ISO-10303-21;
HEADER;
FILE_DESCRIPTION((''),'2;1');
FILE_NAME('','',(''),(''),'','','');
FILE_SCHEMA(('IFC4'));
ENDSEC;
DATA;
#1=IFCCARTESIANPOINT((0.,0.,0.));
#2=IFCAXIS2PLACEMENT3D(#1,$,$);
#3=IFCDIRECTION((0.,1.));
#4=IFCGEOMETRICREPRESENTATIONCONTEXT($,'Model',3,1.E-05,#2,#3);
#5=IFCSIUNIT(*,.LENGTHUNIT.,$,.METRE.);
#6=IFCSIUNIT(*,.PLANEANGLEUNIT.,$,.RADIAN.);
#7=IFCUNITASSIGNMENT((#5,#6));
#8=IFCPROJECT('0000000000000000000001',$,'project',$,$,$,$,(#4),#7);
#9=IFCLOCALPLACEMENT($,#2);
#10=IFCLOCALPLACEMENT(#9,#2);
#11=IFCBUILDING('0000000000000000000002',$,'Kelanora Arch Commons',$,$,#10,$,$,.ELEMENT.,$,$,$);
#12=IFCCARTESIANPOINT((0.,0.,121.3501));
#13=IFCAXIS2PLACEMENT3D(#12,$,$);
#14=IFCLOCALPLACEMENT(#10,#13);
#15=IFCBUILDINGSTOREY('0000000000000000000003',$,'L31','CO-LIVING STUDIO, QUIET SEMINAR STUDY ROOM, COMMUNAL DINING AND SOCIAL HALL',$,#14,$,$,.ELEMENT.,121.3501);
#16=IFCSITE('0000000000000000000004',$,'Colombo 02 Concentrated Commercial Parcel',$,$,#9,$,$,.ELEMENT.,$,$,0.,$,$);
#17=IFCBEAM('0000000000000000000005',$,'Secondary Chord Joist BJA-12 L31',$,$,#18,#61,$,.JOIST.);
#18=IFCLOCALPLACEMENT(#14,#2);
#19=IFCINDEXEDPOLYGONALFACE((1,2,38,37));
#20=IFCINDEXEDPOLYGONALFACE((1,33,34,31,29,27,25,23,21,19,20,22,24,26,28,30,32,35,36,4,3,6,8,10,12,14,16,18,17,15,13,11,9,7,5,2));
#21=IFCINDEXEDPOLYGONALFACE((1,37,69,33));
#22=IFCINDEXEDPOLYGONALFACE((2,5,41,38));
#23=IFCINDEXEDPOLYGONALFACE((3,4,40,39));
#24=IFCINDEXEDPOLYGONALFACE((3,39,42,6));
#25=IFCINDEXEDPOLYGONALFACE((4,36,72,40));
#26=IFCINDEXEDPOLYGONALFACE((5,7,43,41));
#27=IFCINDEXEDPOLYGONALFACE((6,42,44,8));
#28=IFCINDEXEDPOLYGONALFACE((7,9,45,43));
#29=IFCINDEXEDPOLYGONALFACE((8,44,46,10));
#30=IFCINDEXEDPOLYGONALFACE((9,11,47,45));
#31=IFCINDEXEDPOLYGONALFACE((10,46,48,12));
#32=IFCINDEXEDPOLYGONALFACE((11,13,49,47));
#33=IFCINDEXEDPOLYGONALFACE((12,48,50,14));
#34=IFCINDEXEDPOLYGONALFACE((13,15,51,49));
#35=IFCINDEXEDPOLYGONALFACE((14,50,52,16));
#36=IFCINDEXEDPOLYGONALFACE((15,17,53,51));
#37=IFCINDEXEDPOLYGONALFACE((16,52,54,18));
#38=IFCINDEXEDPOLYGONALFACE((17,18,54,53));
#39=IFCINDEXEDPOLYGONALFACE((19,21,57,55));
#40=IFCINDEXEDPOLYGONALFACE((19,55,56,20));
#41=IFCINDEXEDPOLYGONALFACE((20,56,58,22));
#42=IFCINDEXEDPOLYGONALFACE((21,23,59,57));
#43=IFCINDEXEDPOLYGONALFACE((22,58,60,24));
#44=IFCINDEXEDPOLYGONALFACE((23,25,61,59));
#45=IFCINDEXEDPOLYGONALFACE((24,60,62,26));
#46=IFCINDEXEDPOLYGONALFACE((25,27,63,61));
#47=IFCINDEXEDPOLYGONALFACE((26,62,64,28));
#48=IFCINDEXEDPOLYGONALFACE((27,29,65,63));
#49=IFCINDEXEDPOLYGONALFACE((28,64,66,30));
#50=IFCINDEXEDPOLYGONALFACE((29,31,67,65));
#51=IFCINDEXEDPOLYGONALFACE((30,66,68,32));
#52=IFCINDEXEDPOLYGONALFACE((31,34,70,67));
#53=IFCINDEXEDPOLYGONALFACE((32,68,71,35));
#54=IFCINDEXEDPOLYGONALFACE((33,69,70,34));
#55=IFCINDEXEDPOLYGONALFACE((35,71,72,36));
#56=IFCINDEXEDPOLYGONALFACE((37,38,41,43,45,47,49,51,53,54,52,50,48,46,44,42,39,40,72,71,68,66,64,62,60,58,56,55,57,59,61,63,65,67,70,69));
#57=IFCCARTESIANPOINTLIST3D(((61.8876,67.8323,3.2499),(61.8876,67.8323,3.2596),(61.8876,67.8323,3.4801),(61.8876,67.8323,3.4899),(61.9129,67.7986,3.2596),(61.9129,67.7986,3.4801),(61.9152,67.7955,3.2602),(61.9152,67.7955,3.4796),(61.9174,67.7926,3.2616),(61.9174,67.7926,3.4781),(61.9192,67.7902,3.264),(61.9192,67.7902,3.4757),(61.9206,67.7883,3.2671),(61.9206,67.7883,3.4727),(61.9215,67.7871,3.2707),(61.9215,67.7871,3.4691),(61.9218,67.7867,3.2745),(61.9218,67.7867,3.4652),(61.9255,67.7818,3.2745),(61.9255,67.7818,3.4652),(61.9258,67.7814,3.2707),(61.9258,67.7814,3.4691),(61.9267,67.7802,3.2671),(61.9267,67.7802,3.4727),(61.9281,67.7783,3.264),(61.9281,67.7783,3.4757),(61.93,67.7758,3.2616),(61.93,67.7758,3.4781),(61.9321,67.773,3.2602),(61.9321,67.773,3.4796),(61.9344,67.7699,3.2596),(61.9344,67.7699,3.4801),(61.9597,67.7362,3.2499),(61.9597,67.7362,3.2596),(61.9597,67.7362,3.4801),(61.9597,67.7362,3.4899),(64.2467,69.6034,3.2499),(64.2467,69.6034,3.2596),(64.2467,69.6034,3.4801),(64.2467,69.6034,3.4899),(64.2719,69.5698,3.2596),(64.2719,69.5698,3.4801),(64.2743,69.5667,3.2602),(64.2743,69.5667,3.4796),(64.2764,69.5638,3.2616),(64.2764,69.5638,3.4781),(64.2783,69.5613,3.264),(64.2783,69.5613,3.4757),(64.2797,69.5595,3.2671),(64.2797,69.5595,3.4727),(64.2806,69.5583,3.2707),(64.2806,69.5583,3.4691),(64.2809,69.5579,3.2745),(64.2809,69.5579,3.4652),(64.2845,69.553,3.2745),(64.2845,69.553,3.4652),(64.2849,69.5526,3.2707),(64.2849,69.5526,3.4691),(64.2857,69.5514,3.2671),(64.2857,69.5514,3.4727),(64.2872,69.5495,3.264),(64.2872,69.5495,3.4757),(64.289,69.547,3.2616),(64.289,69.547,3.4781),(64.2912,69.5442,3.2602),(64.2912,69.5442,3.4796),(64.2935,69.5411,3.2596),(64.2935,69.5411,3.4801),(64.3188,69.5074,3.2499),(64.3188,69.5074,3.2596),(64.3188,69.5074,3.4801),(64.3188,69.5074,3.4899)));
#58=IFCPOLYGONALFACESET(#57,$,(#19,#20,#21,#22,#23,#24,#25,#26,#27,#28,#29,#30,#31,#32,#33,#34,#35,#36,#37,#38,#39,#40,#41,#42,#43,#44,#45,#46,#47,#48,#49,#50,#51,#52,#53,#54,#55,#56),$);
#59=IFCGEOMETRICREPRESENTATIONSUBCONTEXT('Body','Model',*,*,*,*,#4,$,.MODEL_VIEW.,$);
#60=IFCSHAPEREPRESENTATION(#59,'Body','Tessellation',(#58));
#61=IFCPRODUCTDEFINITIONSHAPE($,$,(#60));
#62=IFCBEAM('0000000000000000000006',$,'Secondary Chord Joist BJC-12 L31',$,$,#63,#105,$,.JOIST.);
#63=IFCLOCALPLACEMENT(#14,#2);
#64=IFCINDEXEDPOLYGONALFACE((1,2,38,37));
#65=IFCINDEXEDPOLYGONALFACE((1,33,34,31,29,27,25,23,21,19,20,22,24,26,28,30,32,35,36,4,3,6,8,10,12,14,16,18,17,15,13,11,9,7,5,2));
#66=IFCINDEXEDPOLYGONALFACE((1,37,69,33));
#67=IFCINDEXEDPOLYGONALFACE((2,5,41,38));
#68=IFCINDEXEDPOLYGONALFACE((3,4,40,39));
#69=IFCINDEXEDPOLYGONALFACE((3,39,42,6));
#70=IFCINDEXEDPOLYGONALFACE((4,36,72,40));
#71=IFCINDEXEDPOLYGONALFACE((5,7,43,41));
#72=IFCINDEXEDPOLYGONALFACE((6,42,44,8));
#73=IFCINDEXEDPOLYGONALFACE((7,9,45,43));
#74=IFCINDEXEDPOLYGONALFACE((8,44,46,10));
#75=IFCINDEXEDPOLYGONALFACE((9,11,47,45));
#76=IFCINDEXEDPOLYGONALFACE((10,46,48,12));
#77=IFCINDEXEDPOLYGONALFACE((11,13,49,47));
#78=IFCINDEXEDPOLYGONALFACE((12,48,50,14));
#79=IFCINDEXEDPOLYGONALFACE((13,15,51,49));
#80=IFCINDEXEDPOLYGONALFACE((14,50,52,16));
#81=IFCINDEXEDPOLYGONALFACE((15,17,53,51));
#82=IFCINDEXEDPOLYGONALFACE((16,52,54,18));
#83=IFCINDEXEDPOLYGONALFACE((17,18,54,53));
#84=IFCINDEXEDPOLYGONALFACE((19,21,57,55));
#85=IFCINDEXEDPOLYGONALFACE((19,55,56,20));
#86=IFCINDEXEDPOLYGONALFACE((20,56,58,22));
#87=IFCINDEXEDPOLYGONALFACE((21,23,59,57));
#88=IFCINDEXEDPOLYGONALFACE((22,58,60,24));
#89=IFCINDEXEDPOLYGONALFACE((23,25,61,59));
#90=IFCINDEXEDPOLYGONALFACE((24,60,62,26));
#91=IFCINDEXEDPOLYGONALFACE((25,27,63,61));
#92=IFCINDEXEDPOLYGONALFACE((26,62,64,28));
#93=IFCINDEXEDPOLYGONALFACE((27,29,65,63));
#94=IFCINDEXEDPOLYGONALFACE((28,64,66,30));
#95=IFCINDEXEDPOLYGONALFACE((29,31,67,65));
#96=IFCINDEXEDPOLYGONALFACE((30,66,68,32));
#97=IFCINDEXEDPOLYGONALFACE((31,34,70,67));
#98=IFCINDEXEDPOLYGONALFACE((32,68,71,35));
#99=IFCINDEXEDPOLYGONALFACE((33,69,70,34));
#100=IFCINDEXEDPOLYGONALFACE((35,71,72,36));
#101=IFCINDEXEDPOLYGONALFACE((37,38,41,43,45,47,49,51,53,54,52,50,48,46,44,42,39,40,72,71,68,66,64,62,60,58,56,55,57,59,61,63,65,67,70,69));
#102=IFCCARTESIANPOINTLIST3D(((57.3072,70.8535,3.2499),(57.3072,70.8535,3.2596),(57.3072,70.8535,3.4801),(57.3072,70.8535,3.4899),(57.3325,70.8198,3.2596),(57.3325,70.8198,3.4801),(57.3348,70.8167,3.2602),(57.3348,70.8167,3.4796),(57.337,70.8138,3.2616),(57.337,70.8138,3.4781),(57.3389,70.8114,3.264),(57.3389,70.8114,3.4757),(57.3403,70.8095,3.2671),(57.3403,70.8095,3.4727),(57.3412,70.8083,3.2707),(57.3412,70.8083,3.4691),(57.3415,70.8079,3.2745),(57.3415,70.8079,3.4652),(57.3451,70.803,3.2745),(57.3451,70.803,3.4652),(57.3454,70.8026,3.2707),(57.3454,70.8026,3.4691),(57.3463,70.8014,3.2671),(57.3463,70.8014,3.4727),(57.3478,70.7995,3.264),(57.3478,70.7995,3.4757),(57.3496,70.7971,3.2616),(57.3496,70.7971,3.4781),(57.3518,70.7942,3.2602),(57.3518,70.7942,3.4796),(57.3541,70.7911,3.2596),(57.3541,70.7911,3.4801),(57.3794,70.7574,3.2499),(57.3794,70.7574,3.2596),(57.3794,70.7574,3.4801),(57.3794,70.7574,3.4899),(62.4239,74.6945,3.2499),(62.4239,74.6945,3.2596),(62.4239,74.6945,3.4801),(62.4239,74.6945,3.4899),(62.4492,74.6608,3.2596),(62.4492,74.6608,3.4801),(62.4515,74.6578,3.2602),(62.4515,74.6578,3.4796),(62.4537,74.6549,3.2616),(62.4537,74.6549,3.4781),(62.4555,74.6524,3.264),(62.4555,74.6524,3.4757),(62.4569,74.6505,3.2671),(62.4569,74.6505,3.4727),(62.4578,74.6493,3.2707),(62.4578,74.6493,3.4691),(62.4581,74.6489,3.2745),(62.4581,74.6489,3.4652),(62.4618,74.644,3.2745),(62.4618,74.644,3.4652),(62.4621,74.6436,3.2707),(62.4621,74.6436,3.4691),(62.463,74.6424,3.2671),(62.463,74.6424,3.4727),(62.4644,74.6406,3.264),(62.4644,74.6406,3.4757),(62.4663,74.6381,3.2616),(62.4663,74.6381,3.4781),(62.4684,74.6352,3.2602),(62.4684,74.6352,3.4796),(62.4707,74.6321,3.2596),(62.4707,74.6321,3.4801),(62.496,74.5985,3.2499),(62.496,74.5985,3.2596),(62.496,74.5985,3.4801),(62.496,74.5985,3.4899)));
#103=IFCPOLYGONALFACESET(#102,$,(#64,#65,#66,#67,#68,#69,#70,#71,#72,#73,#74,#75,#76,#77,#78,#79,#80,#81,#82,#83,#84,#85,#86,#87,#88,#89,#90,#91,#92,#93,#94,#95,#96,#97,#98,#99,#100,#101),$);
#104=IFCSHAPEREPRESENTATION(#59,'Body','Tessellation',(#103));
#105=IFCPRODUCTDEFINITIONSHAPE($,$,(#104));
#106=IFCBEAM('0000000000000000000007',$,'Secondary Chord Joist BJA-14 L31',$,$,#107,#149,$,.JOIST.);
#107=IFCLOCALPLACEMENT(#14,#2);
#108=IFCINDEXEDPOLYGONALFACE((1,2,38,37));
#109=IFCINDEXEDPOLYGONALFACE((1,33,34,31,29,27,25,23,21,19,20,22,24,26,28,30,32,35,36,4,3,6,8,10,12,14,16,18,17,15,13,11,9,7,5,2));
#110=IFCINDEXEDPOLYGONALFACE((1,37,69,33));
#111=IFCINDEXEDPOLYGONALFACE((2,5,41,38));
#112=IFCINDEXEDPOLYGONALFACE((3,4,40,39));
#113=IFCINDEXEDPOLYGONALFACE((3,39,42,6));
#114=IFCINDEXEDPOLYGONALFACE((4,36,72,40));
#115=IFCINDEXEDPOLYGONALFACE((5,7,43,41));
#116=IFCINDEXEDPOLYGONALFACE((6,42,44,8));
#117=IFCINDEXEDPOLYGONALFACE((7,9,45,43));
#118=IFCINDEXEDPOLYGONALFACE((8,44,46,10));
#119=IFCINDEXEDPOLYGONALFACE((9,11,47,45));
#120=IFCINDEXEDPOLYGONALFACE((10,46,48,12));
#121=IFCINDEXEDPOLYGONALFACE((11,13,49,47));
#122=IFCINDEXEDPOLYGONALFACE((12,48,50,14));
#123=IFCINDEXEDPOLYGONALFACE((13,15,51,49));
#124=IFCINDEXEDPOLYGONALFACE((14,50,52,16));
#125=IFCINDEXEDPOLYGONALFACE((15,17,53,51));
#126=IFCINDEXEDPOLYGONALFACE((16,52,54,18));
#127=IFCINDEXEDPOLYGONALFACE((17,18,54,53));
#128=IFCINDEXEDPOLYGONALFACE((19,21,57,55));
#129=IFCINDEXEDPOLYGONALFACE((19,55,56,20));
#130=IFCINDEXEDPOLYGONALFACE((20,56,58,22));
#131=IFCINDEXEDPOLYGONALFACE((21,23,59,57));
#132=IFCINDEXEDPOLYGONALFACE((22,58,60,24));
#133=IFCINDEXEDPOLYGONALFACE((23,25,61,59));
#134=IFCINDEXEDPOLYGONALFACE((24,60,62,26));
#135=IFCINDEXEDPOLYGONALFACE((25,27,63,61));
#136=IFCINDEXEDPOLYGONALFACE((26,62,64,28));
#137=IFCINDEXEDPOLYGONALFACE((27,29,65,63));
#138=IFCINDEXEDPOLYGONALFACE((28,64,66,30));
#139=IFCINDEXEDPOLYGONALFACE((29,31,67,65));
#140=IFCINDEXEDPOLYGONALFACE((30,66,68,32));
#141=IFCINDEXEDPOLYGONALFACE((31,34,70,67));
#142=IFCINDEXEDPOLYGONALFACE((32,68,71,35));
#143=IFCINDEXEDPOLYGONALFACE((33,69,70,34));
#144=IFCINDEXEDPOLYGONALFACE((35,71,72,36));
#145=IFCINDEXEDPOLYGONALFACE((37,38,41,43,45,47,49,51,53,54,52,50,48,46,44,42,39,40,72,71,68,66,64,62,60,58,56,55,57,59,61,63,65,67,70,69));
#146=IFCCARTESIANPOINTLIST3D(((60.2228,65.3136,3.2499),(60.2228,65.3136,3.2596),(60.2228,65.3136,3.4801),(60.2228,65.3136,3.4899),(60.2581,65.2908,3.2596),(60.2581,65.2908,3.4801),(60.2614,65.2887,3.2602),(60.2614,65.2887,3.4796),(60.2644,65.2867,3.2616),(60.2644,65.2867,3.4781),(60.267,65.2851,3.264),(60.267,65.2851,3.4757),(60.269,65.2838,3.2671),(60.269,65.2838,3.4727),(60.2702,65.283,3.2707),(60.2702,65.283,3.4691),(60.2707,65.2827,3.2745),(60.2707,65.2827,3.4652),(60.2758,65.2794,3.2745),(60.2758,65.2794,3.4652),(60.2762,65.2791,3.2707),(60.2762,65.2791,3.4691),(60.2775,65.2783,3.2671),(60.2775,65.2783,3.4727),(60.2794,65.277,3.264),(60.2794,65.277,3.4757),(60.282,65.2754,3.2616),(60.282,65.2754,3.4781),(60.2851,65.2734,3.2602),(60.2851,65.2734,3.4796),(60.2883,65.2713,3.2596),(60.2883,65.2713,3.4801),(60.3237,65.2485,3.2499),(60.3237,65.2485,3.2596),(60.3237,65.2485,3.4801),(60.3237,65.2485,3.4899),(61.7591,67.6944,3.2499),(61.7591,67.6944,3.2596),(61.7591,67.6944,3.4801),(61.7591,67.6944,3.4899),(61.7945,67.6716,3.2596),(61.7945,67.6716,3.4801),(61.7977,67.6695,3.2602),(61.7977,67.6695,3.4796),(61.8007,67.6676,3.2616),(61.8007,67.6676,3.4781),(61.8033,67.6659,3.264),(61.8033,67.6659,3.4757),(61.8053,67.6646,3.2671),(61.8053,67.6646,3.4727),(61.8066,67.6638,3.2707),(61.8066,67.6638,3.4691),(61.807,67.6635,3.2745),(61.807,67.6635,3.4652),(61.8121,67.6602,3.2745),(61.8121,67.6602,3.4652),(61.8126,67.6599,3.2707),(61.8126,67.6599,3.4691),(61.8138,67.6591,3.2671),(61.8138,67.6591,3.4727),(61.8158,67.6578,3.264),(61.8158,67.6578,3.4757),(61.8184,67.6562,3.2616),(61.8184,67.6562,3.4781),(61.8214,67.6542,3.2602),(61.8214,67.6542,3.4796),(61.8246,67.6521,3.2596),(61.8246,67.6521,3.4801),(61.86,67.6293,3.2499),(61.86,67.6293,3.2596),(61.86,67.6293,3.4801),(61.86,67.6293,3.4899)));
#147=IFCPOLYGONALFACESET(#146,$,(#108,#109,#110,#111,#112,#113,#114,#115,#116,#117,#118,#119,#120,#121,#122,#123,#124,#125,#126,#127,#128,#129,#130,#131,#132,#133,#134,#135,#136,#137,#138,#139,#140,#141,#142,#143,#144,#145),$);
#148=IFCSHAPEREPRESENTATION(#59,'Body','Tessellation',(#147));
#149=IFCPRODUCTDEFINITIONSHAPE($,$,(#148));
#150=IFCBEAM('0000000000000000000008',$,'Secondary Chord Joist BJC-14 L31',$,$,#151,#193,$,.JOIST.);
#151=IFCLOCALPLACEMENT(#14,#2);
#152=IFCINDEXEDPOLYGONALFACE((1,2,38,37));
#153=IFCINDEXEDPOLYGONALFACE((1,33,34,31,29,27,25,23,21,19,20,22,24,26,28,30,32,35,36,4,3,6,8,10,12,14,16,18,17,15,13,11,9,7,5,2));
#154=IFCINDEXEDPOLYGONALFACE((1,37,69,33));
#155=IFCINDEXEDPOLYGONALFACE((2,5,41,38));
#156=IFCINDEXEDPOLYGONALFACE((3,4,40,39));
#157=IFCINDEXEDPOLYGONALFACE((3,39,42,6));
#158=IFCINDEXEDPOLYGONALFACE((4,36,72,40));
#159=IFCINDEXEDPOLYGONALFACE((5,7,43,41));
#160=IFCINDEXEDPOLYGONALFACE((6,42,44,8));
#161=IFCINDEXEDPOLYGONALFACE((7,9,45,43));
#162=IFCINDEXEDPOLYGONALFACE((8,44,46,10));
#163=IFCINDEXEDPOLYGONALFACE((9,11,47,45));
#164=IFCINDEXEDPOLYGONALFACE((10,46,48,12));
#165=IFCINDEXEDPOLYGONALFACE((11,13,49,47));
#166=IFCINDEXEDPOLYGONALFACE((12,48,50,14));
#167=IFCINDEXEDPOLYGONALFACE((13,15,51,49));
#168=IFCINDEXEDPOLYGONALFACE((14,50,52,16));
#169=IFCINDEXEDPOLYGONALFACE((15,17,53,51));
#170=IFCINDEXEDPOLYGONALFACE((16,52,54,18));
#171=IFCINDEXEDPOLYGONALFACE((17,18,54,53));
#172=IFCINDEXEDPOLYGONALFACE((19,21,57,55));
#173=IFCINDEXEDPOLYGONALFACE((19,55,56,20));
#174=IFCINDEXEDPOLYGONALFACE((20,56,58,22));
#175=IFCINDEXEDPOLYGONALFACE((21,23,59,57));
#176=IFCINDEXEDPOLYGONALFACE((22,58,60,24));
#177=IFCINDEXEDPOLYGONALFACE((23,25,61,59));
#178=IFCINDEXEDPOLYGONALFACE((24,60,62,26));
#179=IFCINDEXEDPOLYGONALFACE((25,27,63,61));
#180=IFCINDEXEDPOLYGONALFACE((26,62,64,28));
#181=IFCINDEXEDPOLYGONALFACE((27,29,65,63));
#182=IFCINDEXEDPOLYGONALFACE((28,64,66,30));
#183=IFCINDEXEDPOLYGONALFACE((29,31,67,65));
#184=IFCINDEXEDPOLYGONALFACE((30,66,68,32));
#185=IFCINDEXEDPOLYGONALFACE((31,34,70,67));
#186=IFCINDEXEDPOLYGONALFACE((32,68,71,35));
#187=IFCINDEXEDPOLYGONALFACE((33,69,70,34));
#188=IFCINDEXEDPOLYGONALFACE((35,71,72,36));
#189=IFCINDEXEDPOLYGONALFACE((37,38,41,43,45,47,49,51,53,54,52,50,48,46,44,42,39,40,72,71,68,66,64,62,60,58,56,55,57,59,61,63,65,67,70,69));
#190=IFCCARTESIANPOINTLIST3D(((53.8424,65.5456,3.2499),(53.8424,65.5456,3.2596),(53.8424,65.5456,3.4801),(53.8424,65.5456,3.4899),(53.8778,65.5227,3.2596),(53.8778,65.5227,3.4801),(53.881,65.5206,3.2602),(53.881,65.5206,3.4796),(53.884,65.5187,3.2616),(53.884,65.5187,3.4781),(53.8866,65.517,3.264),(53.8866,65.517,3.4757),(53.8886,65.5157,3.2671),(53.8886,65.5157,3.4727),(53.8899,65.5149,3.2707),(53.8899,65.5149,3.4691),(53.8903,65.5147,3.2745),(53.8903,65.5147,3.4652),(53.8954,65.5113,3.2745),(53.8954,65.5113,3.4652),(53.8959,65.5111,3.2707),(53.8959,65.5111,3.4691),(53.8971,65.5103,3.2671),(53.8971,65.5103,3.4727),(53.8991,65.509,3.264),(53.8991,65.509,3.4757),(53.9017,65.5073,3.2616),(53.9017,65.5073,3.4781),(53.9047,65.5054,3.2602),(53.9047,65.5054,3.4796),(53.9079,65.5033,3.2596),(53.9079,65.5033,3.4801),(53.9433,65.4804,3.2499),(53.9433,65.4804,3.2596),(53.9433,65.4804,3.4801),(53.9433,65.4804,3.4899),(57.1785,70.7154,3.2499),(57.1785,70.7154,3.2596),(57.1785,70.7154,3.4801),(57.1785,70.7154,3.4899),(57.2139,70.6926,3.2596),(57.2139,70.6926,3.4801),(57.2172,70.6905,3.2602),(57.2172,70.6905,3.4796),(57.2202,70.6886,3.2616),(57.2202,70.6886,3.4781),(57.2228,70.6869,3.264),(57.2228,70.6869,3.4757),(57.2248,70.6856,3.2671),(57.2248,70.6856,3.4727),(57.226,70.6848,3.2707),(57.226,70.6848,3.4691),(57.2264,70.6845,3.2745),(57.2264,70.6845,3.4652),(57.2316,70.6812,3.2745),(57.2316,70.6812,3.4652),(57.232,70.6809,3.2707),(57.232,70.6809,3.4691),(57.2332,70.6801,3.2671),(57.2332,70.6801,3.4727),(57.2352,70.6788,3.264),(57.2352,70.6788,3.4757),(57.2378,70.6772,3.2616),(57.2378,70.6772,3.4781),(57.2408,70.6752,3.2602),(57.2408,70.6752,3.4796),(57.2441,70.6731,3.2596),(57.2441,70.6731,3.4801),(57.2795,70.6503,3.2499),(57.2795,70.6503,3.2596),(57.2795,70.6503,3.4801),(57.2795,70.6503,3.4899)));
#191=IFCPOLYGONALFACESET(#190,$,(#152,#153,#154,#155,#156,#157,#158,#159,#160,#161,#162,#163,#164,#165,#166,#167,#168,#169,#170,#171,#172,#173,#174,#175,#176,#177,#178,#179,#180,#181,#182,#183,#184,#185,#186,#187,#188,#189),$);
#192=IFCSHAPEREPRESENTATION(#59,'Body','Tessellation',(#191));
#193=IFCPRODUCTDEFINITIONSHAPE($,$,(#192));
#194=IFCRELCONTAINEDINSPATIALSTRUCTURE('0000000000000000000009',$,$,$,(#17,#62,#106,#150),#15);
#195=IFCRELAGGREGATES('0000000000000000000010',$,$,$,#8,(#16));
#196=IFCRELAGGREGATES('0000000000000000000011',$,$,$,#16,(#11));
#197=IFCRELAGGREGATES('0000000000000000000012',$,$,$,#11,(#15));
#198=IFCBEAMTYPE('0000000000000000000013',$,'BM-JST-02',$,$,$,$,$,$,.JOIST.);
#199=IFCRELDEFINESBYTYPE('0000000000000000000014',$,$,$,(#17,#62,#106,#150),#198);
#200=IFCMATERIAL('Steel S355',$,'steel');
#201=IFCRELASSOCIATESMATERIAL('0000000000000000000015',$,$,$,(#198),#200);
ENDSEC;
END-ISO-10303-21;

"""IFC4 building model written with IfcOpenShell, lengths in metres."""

from ifc_helpers import new_model, si_unit, direction, frame, origin, origin_2d, place, context, subcontext, project, spatial, i_section, extrude, material, material_profile, profile_set, type_object, element, save


model = new_model("IFC4")

# Units and contexts
model_context = context("Model", 3, precision=1e-05, world=origin(), true_north=direction((0.0, 1.0)))
body_context = subcontext(model_context, "Body", "Model", "MODEL_VIEW")
ifc_project = project(units=[si_unit("LENGTHUNIT", "METRE"), si_unit("PLANEANGLEUNIT", "RADIAN")], contexts=[model_context])

# Site, building, storey
site_placement = place(None, origin())
site = spatial("IfcSite", under=ifc_project, at=site_placement, Name="Colombo 02 Concentrated Commercial Parcel", CompositionType="ELEMENT", RefElevation=0.0)
building_placement = place(site_placement, origin())
building = spatial("IfcBuilding", under=site, at=building_placement, Name="Kelanora Arch Commons", CompositionType="ELEMENT")
storey_placement = place(building_placement, frame((0.0, 0.0, 121.3501)))
storey = spatial("IfcBuildingStorey", under=building, at=storey_placement, Name="L31", Description="CO-LIVING STUDIO, QUIET SEMINAR STUDY ROOM, COMMUNAL DINING AND SOCIAL HALL", CompositionType="ELEMENT", Elevation=121.3501)

# Beams
ifc_material_1 = material(Name="Steel S355", Category="steel")
ifc_material_profile_1 = material_profile(ifc_material_1, i_section(OverallWidth=0.1201, OverallDepth=0.24, WebThickness=0.0061, FlangeThickness=0.0098, FilletRadius=0.0149, at=origin_2d()), Name="IPE240")
ifc_profile_set_1 = profile_set([ifc_material_profile_1], Name="Steel S355")
beam_type_1 = type_object("IfcBeamType", Name="BM-JST-02", PredefinedType="JOIST", material=ifc_profile_set_1)
beam_1_placement = place(storey_placement, frame((64.2827, 69.5554, 3.3699), z_axis=(-0.799692, -0.60041, 0.0), x_axis=(0.60041, -0.799692, 0.0)))
element("IfcBeam", 1, at=beam_1_placement, inside=storey, type_object=beam_type_1, Name="Secondary Chord Joist BJA-12 L31", PredefinedType="JOIST", context=body_context, shape_type="SweptSolid", body=[
    extrude(i_section(OverallWidth=0.1201, OverallDepth=0.24, WebThickness=0.0061, FlangeThickness=0.0098, FilletRadius=0.0149, at=origin_2d()), origin(), (0.0, 0.0, 1.0), 2.95),
])
beam_2_placement = place(storey_placement, frame((62.46, 74.6465, 3.3699), z_axis=(-0.799734, -0.600354, 0.0), x_axis=(0.600354, -0.799734, 0.0)))
element("IfcBeam", 2, at=beam_2_placement, inside=storey, type_object=beam_type_1, Name="Secondary Chord Joist BJC-12 L31", PredefinedType="JOIST", context=body_context, shape_type="SweptSolid", body=[
    extrude(i_section(OverallWidth=0.1201, OverallDepth=0.24, WebThickness=0.0061, FlangeThickness=0.0098, FilletRadius=0.0149, at=origin_2d()), origin(), (0.0, 0.0, 1.0), 6.3979),
])
beam_3_placement = place(storey_placement, frame((61.8096, 67.6619, 3.3699), z_axis=(-0.542211, -0.840242, 0.0), x_axis=(0.840242, -0.542211, 0.0)))
element("IfcBeam", 3, at=beam_3_placement, inside=storey, type_object=beam_type_1, Name="Secondary Chord Joist BJA-14 L31", PredefinedType="JOIST", context=body_context, shape_type="SweptSolid", body=[
    extrude(i_section(OverallWidth=0.1201, OverallDepth=0.24, WebThickness=0.0061, FlangeThickness=0.0098, FilletRadius=0.0149, at=origin_2d()), origin(), (0.0, 0.0, 1.0), 2.8335),
])
beam_4_placement = place(storey_placement, frame((57.229, 70.6829, 3.3699), z_axis=(-0.542213, -0.840241, 0.0), x_axis=(0.840241, -0.542213, 0.0)))
element("IfcBeam", 4, at=beam_4_placement, inside=storey, type_object=beam_type_1, Name="Secondary Chord Joist BJC-14 L31", PredefinedType="JOIST", context=body_context, shape_type="SweptSolid", body=[
    extrude(i_section(OverallWidth=0.1201, OverallDepth=0.24, WebThickness=0.0061, FlangeThickness=0.0098, FilletRadius=0.0149, at=origin_2d()), origin(), (0.0, 0.0, 1.0), 6.1528),
])

save(model, "model.ifc")
